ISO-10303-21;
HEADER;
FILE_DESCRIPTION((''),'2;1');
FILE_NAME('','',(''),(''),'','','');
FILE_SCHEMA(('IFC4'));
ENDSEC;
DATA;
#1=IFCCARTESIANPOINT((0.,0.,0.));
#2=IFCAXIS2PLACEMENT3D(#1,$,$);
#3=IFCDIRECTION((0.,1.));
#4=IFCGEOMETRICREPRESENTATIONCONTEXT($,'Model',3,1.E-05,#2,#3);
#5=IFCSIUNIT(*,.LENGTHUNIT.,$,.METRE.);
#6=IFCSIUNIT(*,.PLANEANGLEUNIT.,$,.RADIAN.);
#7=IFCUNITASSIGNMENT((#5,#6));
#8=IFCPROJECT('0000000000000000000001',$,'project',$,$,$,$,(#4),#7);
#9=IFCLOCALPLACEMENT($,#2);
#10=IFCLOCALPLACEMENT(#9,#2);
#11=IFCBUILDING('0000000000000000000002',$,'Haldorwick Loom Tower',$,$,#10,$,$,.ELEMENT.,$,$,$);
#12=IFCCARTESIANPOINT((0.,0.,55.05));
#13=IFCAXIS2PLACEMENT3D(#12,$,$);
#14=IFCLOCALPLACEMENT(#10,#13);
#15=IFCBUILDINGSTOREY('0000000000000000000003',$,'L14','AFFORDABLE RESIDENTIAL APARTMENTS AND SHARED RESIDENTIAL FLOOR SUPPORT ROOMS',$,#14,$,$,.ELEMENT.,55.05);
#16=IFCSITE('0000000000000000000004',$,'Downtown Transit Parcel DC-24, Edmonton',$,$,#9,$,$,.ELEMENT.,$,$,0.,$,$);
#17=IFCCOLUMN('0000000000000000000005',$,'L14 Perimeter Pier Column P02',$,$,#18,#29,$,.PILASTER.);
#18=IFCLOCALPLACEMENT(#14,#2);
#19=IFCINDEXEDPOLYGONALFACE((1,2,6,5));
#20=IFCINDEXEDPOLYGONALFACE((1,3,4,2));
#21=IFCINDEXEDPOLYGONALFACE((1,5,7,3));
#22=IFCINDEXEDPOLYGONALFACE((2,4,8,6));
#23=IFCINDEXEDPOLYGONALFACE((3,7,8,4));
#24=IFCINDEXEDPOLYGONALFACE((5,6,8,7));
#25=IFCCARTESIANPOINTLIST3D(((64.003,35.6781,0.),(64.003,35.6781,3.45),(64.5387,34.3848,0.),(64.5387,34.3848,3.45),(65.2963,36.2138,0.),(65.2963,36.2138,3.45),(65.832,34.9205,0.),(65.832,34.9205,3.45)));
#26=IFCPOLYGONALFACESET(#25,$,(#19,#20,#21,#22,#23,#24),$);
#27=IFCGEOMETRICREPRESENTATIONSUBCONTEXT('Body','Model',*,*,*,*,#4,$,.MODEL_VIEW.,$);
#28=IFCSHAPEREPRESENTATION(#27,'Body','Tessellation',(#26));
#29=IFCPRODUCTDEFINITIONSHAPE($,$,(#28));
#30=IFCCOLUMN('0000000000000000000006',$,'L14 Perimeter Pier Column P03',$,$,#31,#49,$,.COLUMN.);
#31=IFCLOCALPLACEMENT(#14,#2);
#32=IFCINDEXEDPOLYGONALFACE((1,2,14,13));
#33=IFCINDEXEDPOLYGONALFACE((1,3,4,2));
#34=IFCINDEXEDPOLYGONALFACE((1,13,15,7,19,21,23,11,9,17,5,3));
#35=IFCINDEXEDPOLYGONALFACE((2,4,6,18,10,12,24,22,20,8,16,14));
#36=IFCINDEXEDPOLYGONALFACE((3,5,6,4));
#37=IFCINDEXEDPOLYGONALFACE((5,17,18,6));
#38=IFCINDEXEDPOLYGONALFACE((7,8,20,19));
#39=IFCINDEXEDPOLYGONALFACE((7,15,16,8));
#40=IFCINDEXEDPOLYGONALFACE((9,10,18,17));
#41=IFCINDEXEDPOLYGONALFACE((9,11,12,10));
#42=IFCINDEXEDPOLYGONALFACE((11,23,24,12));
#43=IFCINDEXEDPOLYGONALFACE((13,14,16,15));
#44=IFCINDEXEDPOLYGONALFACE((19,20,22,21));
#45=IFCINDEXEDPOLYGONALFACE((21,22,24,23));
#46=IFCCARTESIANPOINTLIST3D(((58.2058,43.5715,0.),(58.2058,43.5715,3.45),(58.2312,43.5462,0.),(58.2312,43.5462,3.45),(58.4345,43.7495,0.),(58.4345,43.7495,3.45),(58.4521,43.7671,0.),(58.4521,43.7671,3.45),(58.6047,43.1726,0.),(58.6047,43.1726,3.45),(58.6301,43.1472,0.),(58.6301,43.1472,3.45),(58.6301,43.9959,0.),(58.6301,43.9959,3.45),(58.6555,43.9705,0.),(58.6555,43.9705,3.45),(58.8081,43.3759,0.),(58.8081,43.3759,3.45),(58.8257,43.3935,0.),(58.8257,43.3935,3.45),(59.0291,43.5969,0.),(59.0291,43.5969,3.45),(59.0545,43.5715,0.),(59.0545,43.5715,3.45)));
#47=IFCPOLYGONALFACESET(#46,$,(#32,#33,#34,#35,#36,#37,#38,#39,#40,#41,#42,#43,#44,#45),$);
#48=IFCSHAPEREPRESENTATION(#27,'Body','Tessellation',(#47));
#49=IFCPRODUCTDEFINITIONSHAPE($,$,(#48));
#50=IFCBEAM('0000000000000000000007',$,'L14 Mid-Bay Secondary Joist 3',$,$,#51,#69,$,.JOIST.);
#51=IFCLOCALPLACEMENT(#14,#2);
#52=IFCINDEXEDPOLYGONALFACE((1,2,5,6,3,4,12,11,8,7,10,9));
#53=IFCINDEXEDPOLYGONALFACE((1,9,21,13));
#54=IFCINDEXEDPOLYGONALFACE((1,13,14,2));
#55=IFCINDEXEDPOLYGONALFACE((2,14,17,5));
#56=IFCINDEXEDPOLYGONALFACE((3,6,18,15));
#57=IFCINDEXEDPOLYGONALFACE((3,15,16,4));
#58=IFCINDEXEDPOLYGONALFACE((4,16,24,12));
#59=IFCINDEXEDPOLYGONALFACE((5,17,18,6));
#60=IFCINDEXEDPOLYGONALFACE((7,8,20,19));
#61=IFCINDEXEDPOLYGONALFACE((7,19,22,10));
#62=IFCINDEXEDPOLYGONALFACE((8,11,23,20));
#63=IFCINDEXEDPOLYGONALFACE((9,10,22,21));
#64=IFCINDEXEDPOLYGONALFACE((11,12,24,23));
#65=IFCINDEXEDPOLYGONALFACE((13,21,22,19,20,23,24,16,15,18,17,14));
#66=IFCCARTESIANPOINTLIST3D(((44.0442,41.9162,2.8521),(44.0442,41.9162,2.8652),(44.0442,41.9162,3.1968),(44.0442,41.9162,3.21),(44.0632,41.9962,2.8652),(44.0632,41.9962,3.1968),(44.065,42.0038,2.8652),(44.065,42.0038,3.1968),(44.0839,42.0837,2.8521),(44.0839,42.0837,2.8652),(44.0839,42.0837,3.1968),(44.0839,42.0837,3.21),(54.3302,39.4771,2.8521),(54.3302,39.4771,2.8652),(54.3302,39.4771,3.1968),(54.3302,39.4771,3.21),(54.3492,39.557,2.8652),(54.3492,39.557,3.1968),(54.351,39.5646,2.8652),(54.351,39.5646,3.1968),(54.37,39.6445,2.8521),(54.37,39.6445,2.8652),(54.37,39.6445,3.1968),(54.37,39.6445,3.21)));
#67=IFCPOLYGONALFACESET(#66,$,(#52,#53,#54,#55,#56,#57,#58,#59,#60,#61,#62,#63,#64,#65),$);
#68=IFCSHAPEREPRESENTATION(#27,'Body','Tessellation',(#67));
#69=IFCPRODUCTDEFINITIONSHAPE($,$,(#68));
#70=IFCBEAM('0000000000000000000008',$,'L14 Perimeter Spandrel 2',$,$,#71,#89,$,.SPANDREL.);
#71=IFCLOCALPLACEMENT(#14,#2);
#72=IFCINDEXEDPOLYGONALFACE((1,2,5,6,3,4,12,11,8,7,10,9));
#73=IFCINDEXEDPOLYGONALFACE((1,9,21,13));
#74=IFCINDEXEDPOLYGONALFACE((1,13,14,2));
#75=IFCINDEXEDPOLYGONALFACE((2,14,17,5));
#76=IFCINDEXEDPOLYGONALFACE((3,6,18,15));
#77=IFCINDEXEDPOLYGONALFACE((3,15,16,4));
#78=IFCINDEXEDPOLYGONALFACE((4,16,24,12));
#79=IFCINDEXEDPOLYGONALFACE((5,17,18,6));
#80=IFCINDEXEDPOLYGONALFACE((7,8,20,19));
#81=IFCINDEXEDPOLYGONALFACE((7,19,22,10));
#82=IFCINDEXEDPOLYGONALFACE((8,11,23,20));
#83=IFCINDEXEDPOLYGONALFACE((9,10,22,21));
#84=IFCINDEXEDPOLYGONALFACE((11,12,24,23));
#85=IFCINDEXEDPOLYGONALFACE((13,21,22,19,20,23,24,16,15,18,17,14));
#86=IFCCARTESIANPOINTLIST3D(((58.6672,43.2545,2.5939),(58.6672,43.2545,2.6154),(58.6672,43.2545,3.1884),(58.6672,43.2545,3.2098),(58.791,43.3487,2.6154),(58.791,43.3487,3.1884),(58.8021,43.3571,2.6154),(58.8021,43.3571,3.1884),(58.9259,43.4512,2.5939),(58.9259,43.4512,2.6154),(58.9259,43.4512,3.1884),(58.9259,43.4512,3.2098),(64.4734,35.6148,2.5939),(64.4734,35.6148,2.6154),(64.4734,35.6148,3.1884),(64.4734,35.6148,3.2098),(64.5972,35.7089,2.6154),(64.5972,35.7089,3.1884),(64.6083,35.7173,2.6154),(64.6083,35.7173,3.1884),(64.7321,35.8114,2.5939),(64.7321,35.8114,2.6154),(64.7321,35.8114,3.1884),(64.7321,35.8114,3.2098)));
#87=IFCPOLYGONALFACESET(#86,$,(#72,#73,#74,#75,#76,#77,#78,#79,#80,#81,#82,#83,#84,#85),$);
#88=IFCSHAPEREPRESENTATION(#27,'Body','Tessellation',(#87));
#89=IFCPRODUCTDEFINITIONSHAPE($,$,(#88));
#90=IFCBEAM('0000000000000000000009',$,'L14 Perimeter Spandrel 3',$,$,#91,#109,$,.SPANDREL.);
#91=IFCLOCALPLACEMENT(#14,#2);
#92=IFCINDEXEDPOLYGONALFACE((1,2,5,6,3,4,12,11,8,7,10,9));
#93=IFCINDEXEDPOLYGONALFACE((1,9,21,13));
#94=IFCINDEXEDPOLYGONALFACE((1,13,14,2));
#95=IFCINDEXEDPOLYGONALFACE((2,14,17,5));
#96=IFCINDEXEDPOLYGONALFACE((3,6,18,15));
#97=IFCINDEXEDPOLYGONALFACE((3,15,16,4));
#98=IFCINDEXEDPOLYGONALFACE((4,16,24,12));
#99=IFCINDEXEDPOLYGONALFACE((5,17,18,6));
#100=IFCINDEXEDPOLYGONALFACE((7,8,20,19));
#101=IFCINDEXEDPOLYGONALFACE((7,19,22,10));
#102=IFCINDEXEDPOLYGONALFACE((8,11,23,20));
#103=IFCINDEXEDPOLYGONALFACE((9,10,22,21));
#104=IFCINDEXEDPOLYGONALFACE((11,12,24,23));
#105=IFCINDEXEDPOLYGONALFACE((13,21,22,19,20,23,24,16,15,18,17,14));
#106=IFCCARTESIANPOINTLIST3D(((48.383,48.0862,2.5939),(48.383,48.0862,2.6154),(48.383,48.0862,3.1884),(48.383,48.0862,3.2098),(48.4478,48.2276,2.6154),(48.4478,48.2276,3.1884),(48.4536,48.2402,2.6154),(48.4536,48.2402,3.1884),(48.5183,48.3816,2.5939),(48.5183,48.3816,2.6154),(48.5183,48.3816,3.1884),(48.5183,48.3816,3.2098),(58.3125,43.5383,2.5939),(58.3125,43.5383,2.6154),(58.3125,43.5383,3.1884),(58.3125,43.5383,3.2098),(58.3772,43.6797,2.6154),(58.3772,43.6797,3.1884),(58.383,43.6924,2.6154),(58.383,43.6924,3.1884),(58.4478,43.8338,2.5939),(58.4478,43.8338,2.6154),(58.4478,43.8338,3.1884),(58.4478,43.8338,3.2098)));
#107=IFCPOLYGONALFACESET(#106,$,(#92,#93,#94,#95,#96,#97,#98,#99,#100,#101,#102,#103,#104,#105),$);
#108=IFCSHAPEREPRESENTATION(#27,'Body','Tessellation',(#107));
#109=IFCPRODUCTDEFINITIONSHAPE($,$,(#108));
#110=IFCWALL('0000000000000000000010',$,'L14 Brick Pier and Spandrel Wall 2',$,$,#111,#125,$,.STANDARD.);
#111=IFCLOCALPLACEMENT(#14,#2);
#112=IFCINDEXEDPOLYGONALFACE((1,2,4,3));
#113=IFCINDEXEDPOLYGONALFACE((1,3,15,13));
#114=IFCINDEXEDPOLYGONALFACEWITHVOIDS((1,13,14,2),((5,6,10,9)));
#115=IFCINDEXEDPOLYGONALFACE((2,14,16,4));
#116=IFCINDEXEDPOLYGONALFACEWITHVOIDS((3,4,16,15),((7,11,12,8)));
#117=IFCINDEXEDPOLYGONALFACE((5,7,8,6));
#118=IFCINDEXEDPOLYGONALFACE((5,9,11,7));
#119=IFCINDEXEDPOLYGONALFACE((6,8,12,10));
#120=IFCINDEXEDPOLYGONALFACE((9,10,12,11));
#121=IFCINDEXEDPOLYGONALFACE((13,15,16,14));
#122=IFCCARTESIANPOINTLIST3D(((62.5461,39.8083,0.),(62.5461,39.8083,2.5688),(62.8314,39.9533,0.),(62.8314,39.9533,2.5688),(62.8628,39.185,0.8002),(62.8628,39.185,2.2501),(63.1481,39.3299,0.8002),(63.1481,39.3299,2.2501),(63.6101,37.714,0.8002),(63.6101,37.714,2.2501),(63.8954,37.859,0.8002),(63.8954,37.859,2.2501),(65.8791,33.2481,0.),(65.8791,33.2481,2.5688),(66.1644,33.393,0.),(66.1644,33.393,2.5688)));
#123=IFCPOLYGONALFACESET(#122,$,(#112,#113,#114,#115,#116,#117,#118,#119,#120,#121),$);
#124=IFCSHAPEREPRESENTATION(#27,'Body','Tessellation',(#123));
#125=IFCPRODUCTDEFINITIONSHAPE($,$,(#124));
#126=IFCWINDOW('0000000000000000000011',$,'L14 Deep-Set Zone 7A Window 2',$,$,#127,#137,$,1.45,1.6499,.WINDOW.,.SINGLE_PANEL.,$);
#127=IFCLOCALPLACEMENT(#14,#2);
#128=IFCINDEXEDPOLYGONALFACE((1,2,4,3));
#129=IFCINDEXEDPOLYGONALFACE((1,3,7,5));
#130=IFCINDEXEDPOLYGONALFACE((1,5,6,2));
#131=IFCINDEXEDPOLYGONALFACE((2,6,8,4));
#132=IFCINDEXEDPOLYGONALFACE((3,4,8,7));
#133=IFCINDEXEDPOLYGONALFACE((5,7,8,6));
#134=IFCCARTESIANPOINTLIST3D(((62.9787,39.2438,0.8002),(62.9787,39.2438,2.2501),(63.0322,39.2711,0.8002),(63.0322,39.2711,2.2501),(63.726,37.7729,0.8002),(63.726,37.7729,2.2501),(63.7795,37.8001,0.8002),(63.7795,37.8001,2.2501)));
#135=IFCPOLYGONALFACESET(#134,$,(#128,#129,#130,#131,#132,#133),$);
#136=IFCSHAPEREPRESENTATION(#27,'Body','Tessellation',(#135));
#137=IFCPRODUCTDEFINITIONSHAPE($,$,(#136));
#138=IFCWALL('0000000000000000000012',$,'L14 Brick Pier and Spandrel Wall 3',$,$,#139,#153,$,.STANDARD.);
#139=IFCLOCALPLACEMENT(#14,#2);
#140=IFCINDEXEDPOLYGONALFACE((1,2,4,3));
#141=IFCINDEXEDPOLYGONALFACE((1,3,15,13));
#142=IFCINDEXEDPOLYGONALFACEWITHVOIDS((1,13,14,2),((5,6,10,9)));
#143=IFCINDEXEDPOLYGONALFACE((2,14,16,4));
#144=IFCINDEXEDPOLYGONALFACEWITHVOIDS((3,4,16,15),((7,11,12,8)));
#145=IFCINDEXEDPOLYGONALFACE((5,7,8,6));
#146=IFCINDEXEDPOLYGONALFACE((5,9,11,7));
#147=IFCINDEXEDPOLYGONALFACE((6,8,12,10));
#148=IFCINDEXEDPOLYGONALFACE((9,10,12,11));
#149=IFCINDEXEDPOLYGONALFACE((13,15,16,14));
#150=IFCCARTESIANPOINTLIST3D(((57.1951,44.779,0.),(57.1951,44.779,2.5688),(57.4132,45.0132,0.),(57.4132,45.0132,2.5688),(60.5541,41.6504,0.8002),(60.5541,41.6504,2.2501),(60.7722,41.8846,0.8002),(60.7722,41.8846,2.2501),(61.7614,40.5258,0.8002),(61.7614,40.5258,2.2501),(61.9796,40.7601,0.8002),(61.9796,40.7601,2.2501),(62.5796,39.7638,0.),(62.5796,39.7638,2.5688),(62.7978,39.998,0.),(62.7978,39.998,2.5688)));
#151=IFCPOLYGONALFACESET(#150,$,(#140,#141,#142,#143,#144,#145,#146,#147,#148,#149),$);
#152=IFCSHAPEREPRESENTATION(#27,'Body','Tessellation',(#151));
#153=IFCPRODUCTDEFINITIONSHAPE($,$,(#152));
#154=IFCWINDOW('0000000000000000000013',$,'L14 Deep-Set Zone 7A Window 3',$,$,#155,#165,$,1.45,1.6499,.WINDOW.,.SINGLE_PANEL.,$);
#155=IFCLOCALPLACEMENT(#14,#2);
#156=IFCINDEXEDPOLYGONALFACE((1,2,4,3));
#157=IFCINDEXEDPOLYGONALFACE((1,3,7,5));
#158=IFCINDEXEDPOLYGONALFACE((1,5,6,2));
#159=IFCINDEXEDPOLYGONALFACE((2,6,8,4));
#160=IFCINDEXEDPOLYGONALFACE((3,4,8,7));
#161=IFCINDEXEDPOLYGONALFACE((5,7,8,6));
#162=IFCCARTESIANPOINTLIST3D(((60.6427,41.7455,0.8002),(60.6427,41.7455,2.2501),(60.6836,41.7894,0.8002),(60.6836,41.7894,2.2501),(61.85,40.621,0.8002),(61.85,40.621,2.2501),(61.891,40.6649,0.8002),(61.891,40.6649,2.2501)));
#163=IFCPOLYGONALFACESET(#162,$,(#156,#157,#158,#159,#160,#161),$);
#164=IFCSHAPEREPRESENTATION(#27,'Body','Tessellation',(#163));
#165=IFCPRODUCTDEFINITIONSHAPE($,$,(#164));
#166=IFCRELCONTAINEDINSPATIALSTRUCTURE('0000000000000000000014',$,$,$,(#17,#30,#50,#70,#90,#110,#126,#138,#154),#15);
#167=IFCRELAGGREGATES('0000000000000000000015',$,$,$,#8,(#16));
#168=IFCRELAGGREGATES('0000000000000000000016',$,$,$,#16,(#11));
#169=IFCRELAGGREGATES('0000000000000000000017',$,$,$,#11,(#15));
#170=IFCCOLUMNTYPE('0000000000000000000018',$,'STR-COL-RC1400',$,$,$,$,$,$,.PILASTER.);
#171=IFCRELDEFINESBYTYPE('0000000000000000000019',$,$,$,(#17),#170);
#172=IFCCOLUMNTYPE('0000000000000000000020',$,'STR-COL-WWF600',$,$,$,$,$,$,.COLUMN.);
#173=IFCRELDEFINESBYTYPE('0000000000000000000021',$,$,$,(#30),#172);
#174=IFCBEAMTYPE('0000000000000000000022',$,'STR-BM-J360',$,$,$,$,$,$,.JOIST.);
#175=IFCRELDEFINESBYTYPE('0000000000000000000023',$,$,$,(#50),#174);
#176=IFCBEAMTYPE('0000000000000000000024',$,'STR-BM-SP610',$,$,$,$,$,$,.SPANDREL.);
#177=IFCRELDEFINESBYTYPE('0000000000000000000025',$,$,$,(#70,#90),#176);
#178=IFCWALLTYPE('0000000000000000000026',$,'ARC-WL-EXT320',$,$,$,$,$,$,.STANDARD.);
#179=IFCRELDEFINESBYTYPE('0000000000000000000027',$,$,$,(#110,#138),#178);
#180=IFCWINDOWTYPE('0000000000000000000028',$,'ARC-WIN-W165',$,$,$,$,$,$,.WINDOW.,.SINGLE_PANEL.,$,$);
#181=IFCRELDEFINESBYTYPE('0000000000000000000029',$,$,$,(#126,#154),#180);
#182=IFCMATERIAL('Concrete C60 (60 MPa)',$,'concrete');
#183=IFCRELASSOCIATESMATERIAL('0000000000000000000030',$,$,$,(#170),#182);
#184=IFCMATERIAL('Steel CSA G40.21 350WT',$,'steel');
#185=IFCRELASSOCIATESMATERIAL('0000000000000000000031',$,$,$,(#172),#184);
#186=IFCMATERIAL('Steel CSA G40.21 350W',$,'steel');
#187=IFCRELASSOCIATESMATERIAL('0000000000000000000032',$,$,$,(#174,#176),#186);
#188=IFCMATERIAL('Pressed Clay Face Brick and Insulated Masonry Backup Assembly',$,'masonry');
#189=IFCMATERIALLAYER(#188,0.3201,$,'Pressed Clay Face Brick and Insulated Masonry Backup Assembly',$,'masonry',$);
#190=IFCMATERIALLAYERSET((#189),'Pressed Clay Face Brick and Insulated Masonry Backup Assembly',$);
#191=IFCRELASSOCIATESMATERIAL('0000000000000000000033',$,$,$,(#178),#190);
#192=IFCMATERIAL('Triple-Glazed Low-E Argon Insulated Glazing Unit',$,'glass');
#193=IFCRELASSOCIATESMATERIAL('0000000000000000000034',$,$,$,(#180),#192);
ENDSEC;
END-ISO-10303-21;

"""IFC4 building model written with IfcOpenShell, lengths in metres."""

from ifc_helpers import new_model, si_unit, direction, frame, frame_2d, origin, origin_2d, place, context, subcontext, project, spatial, rectangle, i_section, extrude, material, layer, layer_set, material_profile, profile_set, type_object, element, fill, save


model = new_model("IFC4")

# Units and contexts
model_context = context("Model", 3, precision=1e-05, world=origin(), true_north=direction((0.0, 1.0)))
body_context = subcontext(model_context, "Body", "Model", "MODEL_VIEW")
ifc_project = project(units=[si_unit("LENGTHUNIT", "METRE"), si_unit("PLANEANGLEUNIT", "RADIAN")], contexts=[model_context])

# Site, building, storey
site_placement = place(None, origin())
site = spatial("IfcSite", under=ifc_project, at=site_placement, Name="Downtown Transit Parcel DC-24, Edmonton", CompositionType="ELEMENT", RefElevation=0.0)
building_placement = place(site_placement, origin())
building = spatial("IfcBuilding", under=site, at=building_placement, Name="Haldorwick Loom Tower", CompositionType="ELEMENT")
storey_placement = place(building_placement, frame((0.0, 0.0, 55.05)))
storey = spatial("IfcBuildingStorey", under=building, at=storey_placement, Name="L14", Description="AFFORDABLE RESIDENTIAL APARTMENTS AND SHARED RESIDENTIAL FLOOR SUPPORT ROOMS", CompositionType="ELEMENT", Elevation=55.05)

# Columns
ifc_material_1 = material(Name="Concrete C60 (60 MPa)", Category="concrete")
ifc_material_profile_1 = material_profile(ifc_material_1, rectangle(XDim=1.3999, YDim=1.3999, at=origin_2d()), Name="RC1400X1400", Category="concrete")
ifc_profile_set_1 = profile_set([ifc_material_profile_1], Name="Concrete C60 (60 MPa)")
column_type_1 = type_object("IfcColumnType", Name="STR-COL-RC1400", PredefinedType="PILASTER", material=ifc_profile_set_1)
column_1_placement = place(storey_placement, frame((64.9175, 35.2993, 0.0), z_axis=(0.0, 0.0, 1.0), x_axis=(0.92388, 0.382683, 0.0)))
element("IfcColumn", 1, at=column_1_placement, inside=storey, type_object=column_type_1, Name="L14 Perimeter Pier Column P02", PredefinedType="PILASTER", context=body_context, shape_type="SweptSolid", body=[
    extrude(rectangle(XDim=1.3999, YDim=1.3999, at=origin_2d()), origin(), (0.0, 0.0, 1.0), 3.45),
])
ifc_material_2 = material(Name="Steel CSA G40.21 350WT", Category="steel")
ifc_material_profile_2 = material_profile(ifc_material_2, i_section(OverallWidth=0.6001, OverallDepth=0.6001, WebThickness=0.0249, FlangeThickness=0.0359, at=origin_2d()), Name="WWF600X600", Category="steel")
ifc_profile_set_2 = profile_set([ifc_material_profile_2], Name="Steel CSA G40.21 350WT")
column_type_2 = type_object("IfcColumnType", Name="STR-COL-WWF600", PredefinedType="COLUMN", material=ifc_profile_set_2)
column_2_placement = place(storey_placement, frame((58.6301, 43.5715, 0.0), z_axis=(0.0, 0.0, 1.0), x_axis=(0.707107, 0.707107, 0.0)))
element("IfcColumn", 2, at=column_2_placement, inside=storey, type_object=column_type_2, Name="L14 Perimeter Pier Column P03", PredefinedType="COLUMN", context=body_context, shape_type="SweptSolid", body=[
    extrude(i_section(OverallWidth=0.6001, OverallDepth=0.6001, WebThickness=0.0249, FlangeThickness=0.0359, at=origin_2d()), origin(), (0.0, 0.0, 1.0), 3.45),
])

# Beams
ifc_material_3 = material(Name="Steel CSA G40.21 350W", Category="steel")
ifc_material_profile_3 = material_profile(ifc_material_3, i_section(OverallWidth=0.1721, OverallDepth=0.3579, WebThickness=0.0078, FlangeThickness=0.0132, at=origin_2d()), Name="W360X57", Category="steel")
ifc_profile_set_3 = profile_set([ifc_material_profile_3], Name="Steel CSA G40.21 350W")
beam_type_1 = type_object("IfcBeamType", Name="STR-BM-J360", PredefinedType="JOIST", material=ifc_profile_set_3)
beam_1_placement = place(storey_placement, frame((54.3501, 39.5608, 3.031), z_axis=(-0.973016, 0.230737, 0.0), x_axis=(-0.230737, -0.973016, 0.0)))
element("IfcBeam", 3, at=beam_1_placement, inside=storey, type_object=beam_type_1, Name="L14 Mid-Bay Secondary Joist 3", PredefinedType="JOIST", context=body_context, shape_type="SweptSolid", body=[
    extrude(i_section(OverallWidth=0.1721, OverallDepth=0.3579, WebThickness=0.0078, FlangeThickness=0.0132, at=origin_2d()), origin(), (0.0, 0.0, 1.0), 10.5713),
])
ifc_material_profile_4 = material_profile(ifc_material_3, i_section(OverallWidth=0.325, OverallDepth=0.616, WebThickness=0.0139, FlangeThickness=0.0215, at=origin_2d()), Name="W610X174", Category="steel")
ifc_profile_set_4 = profile_set([ifc_material_profile_4], Name="Steel CSA G40.21 350W")
beam_type_2 = type_object("IfcBeamType", Name="STR-BM-SP610", PredefinedType="SPANDREL", material=ifc_profile_set_4)
beam_2_placement = place(storey_placement, frame((64.6028, 35.7131, 2.9019), z_axis=(-0.605085, 0.796161, 0.0), x_axis=(-0.796161, -0.605085, 0.0)))
element("IfcBeam", 4, at=beam_2_placement, inside=storey, type_object=beam_type_2, Name="L14 Perimeter Spandrel 2", PredefinedType="SPANDREL", context=body_context, shape_type="SweptSolid", body=[
    extrude(i_section(OverallWidth=0.325, OverallDepth=0.616, WebThickness=0.0139, FlangeThickness=0.0215, at=origin_2d()), origin(), (0.0, 0.0, 1.0), 9.5957),
])
beam_3_placement = place(storey_placement, frame((58.3801, 43.686, 2.9019), z_axis=(-0.909174, 0.416417, 0.0), x_axis=(-0.416417, -0.909174, 0.0)))
element("IfcBeam", 5, at=beam_3_placement, inside=storey, type_object=beam_type_2, Name="L14 Perimeter Spandrel 3", PredefinedType="SPANDREL", context=body_context, shape_type="SweptSolid", body=[
    extrude(i_section(OverallWidth=0.325, OverallDepth=0.616, WebThickness=0.0139, FlangeThickness=0.0215, at=origin_2d()), origin(), (0.0, 0.0, 1.0), 10.9214),
])

# Walls, openings, windows
ifc_material_4 = material(Name="Pressed Clay Face Brick and Insulated Masonry Backup Assembly", Category="masonry")
ifc_layer_1 = layer(ifc_material_4, 0.3201, Name="Pressed Clay Face Brick and Insulated Masonry Backup Assembly", Category="masonry")
ifc_layer_set_1 = layer_set([ifc_layer_1], Name="Pressed Clay Face Brick and Insulated Masonry Backup Assembly")
wall_type_1 = type_object("IfcWallType", Name="ARC-WL-EXT320", PredefinedType="STANDARD", material=ifc_layer_set_1)
wall_1_placement = place(storey_placement, frame((66.0217, 33.3206, 0.0), z_axis=(0.0, 0.0, 1.0), x_axis=(-0.452951, 0.891535, 0.0)))
wall_1 = element("IfcWall", 6, at=wall_1_placement, inside=storey, type_object=wall_type_1, Name="L14 Brick Pier and Spandrel Wall 2", PredefinedType="STANDARD", context=body_context, shape_type="SweptSolid", body=[
    extrude(rectangle(XDim=7.3584, YDim=0.3201, at=frame_2d((3.6792, 0.0))), origin(), (0.0, 0.0, 1.0), 2.5688),
])
opening_1_placement = place(wall_1_placement, frame((5.0093, 0.0, 0.8)))
opening_1 = element("IfcOpeningElement", 7, at=opening_1_placement, cuts=wall_1, PredefinedType="OPENING", context=body_context, shape_type="SweptSolid", body=[
    extrude(rectangle(XDim=1.6499, YDim=1.45, at=frame_2d((0.825, 0.7251))), frame((0.0, 0.1699, 0.0), z_axis=(0.0, -1.0, 0.0), x_axis=(1.0, 0.0, 0.0)), (0.0, 0.0, 1.0), 0.3401),
])
ifc_material_5 = material(Name="Triple-Glazed Low-E Argon Insulated Glazing Unit", Category="glass")
window_type = type_object("IfcWindowType", Name="ARC-WIN-W165", PartitioningType="SINGLE_PANEL", PredefinedType="WINDOW", material=ifc_material_5)
window_1_placement = place(opening_1_placement, origin())
window_1 = element("IfcWindow", 8, at=window_1_placement, inside=storey, type_object=window_type, Name="L14 Deep-Set Zone 7A Window 2", OverallHeight=1.45, OverallWidth=1.6499, PartitioningType="SINGLE_PANEL", PredefinedType="WINDOW", context=body_context, shape_type="SweptSolid", body=[
    extrude(rectangle(XDim=1.6499, YDim=1.45, at=frame_2d((0.825, 0.7251))), frame((0.0, 0.03, 0.0), z_axis=(0.0, -1.0, 0.0), x_axis=(1.0, 0.0, 0.0)), (0.0, 0.0, 1.0), 0.0601),
])
fill(opening_1, window_1)
wall_2_placement = place(storey_placement, frame((62.6887, 39.8809, 0.0), z_axis=(0.0, 0.0, 1.0), x_axis=(-0.731761, 0.681561, 0.0)))
wall_2 = element("IfcWall", 9, at=wall_2_placement, inside=storey, type_object=wall_type_1, Name="L14 Brick Pier and Spandrel Wall 3", PredefinedType="STANDARD", context=body_context, shape_type="SweptSolid", body=[
    extrude(rectangle(XDim=7.3584, YDim=0.3201, at=frame_2d((3.6792, 0.0))), origin(), (0.0, 0.0, 1.0), 2.5688),
])
opening_2_placement = place(wall_2_placement, frame((1.1182, 0.0, 0.8)))
opening_2 = element("IfcOpeningElement", 10, at=opening_2_placement, cuts=wall_2, PredefinedType="OPENING", context=body_context, shape_type="SweptSolid", body=[
    extrude(rectangle(XDim=1.6499, YDim=1.45, at=frame_2d((0.825, 0.7251))), frame((0.0, 0.1699, 0.0), z_axis=(0.0, -1.0, 0.0), x_axis=(1.0, 0.0, 0.0)), (0.0, 0.0, 1.0), 0.3401),
])
window_2_placement = place(opening_2_placement, origin())
window_2 = element("IfcWindow", 11, at=window_2_placement, inside=storey, type_object=window_type, Name="L14 Deep-Set Zone 7A Window 3", OverallHeight=1.45, OverallWidth=1.6499, PartitioningType="SINGLE_PANEL", PredefinedType="WINDOW", context=body_context, shape_type="SweptSolid", body=[
    extrude(rectangle(XDim=1.6499, YDim=1.45, at=frame_2d((0.825, 0.7251))), frame((0.0, 0.03, 0.0), z_axis=(0.0, -1.0, 0.0), x_axis=(1.0, 0.0, 0.0)), (0.0, 0.0, 1.0), 0.0601),
])
fill(opening_2, window_2)

save(model, "model.ifc")
